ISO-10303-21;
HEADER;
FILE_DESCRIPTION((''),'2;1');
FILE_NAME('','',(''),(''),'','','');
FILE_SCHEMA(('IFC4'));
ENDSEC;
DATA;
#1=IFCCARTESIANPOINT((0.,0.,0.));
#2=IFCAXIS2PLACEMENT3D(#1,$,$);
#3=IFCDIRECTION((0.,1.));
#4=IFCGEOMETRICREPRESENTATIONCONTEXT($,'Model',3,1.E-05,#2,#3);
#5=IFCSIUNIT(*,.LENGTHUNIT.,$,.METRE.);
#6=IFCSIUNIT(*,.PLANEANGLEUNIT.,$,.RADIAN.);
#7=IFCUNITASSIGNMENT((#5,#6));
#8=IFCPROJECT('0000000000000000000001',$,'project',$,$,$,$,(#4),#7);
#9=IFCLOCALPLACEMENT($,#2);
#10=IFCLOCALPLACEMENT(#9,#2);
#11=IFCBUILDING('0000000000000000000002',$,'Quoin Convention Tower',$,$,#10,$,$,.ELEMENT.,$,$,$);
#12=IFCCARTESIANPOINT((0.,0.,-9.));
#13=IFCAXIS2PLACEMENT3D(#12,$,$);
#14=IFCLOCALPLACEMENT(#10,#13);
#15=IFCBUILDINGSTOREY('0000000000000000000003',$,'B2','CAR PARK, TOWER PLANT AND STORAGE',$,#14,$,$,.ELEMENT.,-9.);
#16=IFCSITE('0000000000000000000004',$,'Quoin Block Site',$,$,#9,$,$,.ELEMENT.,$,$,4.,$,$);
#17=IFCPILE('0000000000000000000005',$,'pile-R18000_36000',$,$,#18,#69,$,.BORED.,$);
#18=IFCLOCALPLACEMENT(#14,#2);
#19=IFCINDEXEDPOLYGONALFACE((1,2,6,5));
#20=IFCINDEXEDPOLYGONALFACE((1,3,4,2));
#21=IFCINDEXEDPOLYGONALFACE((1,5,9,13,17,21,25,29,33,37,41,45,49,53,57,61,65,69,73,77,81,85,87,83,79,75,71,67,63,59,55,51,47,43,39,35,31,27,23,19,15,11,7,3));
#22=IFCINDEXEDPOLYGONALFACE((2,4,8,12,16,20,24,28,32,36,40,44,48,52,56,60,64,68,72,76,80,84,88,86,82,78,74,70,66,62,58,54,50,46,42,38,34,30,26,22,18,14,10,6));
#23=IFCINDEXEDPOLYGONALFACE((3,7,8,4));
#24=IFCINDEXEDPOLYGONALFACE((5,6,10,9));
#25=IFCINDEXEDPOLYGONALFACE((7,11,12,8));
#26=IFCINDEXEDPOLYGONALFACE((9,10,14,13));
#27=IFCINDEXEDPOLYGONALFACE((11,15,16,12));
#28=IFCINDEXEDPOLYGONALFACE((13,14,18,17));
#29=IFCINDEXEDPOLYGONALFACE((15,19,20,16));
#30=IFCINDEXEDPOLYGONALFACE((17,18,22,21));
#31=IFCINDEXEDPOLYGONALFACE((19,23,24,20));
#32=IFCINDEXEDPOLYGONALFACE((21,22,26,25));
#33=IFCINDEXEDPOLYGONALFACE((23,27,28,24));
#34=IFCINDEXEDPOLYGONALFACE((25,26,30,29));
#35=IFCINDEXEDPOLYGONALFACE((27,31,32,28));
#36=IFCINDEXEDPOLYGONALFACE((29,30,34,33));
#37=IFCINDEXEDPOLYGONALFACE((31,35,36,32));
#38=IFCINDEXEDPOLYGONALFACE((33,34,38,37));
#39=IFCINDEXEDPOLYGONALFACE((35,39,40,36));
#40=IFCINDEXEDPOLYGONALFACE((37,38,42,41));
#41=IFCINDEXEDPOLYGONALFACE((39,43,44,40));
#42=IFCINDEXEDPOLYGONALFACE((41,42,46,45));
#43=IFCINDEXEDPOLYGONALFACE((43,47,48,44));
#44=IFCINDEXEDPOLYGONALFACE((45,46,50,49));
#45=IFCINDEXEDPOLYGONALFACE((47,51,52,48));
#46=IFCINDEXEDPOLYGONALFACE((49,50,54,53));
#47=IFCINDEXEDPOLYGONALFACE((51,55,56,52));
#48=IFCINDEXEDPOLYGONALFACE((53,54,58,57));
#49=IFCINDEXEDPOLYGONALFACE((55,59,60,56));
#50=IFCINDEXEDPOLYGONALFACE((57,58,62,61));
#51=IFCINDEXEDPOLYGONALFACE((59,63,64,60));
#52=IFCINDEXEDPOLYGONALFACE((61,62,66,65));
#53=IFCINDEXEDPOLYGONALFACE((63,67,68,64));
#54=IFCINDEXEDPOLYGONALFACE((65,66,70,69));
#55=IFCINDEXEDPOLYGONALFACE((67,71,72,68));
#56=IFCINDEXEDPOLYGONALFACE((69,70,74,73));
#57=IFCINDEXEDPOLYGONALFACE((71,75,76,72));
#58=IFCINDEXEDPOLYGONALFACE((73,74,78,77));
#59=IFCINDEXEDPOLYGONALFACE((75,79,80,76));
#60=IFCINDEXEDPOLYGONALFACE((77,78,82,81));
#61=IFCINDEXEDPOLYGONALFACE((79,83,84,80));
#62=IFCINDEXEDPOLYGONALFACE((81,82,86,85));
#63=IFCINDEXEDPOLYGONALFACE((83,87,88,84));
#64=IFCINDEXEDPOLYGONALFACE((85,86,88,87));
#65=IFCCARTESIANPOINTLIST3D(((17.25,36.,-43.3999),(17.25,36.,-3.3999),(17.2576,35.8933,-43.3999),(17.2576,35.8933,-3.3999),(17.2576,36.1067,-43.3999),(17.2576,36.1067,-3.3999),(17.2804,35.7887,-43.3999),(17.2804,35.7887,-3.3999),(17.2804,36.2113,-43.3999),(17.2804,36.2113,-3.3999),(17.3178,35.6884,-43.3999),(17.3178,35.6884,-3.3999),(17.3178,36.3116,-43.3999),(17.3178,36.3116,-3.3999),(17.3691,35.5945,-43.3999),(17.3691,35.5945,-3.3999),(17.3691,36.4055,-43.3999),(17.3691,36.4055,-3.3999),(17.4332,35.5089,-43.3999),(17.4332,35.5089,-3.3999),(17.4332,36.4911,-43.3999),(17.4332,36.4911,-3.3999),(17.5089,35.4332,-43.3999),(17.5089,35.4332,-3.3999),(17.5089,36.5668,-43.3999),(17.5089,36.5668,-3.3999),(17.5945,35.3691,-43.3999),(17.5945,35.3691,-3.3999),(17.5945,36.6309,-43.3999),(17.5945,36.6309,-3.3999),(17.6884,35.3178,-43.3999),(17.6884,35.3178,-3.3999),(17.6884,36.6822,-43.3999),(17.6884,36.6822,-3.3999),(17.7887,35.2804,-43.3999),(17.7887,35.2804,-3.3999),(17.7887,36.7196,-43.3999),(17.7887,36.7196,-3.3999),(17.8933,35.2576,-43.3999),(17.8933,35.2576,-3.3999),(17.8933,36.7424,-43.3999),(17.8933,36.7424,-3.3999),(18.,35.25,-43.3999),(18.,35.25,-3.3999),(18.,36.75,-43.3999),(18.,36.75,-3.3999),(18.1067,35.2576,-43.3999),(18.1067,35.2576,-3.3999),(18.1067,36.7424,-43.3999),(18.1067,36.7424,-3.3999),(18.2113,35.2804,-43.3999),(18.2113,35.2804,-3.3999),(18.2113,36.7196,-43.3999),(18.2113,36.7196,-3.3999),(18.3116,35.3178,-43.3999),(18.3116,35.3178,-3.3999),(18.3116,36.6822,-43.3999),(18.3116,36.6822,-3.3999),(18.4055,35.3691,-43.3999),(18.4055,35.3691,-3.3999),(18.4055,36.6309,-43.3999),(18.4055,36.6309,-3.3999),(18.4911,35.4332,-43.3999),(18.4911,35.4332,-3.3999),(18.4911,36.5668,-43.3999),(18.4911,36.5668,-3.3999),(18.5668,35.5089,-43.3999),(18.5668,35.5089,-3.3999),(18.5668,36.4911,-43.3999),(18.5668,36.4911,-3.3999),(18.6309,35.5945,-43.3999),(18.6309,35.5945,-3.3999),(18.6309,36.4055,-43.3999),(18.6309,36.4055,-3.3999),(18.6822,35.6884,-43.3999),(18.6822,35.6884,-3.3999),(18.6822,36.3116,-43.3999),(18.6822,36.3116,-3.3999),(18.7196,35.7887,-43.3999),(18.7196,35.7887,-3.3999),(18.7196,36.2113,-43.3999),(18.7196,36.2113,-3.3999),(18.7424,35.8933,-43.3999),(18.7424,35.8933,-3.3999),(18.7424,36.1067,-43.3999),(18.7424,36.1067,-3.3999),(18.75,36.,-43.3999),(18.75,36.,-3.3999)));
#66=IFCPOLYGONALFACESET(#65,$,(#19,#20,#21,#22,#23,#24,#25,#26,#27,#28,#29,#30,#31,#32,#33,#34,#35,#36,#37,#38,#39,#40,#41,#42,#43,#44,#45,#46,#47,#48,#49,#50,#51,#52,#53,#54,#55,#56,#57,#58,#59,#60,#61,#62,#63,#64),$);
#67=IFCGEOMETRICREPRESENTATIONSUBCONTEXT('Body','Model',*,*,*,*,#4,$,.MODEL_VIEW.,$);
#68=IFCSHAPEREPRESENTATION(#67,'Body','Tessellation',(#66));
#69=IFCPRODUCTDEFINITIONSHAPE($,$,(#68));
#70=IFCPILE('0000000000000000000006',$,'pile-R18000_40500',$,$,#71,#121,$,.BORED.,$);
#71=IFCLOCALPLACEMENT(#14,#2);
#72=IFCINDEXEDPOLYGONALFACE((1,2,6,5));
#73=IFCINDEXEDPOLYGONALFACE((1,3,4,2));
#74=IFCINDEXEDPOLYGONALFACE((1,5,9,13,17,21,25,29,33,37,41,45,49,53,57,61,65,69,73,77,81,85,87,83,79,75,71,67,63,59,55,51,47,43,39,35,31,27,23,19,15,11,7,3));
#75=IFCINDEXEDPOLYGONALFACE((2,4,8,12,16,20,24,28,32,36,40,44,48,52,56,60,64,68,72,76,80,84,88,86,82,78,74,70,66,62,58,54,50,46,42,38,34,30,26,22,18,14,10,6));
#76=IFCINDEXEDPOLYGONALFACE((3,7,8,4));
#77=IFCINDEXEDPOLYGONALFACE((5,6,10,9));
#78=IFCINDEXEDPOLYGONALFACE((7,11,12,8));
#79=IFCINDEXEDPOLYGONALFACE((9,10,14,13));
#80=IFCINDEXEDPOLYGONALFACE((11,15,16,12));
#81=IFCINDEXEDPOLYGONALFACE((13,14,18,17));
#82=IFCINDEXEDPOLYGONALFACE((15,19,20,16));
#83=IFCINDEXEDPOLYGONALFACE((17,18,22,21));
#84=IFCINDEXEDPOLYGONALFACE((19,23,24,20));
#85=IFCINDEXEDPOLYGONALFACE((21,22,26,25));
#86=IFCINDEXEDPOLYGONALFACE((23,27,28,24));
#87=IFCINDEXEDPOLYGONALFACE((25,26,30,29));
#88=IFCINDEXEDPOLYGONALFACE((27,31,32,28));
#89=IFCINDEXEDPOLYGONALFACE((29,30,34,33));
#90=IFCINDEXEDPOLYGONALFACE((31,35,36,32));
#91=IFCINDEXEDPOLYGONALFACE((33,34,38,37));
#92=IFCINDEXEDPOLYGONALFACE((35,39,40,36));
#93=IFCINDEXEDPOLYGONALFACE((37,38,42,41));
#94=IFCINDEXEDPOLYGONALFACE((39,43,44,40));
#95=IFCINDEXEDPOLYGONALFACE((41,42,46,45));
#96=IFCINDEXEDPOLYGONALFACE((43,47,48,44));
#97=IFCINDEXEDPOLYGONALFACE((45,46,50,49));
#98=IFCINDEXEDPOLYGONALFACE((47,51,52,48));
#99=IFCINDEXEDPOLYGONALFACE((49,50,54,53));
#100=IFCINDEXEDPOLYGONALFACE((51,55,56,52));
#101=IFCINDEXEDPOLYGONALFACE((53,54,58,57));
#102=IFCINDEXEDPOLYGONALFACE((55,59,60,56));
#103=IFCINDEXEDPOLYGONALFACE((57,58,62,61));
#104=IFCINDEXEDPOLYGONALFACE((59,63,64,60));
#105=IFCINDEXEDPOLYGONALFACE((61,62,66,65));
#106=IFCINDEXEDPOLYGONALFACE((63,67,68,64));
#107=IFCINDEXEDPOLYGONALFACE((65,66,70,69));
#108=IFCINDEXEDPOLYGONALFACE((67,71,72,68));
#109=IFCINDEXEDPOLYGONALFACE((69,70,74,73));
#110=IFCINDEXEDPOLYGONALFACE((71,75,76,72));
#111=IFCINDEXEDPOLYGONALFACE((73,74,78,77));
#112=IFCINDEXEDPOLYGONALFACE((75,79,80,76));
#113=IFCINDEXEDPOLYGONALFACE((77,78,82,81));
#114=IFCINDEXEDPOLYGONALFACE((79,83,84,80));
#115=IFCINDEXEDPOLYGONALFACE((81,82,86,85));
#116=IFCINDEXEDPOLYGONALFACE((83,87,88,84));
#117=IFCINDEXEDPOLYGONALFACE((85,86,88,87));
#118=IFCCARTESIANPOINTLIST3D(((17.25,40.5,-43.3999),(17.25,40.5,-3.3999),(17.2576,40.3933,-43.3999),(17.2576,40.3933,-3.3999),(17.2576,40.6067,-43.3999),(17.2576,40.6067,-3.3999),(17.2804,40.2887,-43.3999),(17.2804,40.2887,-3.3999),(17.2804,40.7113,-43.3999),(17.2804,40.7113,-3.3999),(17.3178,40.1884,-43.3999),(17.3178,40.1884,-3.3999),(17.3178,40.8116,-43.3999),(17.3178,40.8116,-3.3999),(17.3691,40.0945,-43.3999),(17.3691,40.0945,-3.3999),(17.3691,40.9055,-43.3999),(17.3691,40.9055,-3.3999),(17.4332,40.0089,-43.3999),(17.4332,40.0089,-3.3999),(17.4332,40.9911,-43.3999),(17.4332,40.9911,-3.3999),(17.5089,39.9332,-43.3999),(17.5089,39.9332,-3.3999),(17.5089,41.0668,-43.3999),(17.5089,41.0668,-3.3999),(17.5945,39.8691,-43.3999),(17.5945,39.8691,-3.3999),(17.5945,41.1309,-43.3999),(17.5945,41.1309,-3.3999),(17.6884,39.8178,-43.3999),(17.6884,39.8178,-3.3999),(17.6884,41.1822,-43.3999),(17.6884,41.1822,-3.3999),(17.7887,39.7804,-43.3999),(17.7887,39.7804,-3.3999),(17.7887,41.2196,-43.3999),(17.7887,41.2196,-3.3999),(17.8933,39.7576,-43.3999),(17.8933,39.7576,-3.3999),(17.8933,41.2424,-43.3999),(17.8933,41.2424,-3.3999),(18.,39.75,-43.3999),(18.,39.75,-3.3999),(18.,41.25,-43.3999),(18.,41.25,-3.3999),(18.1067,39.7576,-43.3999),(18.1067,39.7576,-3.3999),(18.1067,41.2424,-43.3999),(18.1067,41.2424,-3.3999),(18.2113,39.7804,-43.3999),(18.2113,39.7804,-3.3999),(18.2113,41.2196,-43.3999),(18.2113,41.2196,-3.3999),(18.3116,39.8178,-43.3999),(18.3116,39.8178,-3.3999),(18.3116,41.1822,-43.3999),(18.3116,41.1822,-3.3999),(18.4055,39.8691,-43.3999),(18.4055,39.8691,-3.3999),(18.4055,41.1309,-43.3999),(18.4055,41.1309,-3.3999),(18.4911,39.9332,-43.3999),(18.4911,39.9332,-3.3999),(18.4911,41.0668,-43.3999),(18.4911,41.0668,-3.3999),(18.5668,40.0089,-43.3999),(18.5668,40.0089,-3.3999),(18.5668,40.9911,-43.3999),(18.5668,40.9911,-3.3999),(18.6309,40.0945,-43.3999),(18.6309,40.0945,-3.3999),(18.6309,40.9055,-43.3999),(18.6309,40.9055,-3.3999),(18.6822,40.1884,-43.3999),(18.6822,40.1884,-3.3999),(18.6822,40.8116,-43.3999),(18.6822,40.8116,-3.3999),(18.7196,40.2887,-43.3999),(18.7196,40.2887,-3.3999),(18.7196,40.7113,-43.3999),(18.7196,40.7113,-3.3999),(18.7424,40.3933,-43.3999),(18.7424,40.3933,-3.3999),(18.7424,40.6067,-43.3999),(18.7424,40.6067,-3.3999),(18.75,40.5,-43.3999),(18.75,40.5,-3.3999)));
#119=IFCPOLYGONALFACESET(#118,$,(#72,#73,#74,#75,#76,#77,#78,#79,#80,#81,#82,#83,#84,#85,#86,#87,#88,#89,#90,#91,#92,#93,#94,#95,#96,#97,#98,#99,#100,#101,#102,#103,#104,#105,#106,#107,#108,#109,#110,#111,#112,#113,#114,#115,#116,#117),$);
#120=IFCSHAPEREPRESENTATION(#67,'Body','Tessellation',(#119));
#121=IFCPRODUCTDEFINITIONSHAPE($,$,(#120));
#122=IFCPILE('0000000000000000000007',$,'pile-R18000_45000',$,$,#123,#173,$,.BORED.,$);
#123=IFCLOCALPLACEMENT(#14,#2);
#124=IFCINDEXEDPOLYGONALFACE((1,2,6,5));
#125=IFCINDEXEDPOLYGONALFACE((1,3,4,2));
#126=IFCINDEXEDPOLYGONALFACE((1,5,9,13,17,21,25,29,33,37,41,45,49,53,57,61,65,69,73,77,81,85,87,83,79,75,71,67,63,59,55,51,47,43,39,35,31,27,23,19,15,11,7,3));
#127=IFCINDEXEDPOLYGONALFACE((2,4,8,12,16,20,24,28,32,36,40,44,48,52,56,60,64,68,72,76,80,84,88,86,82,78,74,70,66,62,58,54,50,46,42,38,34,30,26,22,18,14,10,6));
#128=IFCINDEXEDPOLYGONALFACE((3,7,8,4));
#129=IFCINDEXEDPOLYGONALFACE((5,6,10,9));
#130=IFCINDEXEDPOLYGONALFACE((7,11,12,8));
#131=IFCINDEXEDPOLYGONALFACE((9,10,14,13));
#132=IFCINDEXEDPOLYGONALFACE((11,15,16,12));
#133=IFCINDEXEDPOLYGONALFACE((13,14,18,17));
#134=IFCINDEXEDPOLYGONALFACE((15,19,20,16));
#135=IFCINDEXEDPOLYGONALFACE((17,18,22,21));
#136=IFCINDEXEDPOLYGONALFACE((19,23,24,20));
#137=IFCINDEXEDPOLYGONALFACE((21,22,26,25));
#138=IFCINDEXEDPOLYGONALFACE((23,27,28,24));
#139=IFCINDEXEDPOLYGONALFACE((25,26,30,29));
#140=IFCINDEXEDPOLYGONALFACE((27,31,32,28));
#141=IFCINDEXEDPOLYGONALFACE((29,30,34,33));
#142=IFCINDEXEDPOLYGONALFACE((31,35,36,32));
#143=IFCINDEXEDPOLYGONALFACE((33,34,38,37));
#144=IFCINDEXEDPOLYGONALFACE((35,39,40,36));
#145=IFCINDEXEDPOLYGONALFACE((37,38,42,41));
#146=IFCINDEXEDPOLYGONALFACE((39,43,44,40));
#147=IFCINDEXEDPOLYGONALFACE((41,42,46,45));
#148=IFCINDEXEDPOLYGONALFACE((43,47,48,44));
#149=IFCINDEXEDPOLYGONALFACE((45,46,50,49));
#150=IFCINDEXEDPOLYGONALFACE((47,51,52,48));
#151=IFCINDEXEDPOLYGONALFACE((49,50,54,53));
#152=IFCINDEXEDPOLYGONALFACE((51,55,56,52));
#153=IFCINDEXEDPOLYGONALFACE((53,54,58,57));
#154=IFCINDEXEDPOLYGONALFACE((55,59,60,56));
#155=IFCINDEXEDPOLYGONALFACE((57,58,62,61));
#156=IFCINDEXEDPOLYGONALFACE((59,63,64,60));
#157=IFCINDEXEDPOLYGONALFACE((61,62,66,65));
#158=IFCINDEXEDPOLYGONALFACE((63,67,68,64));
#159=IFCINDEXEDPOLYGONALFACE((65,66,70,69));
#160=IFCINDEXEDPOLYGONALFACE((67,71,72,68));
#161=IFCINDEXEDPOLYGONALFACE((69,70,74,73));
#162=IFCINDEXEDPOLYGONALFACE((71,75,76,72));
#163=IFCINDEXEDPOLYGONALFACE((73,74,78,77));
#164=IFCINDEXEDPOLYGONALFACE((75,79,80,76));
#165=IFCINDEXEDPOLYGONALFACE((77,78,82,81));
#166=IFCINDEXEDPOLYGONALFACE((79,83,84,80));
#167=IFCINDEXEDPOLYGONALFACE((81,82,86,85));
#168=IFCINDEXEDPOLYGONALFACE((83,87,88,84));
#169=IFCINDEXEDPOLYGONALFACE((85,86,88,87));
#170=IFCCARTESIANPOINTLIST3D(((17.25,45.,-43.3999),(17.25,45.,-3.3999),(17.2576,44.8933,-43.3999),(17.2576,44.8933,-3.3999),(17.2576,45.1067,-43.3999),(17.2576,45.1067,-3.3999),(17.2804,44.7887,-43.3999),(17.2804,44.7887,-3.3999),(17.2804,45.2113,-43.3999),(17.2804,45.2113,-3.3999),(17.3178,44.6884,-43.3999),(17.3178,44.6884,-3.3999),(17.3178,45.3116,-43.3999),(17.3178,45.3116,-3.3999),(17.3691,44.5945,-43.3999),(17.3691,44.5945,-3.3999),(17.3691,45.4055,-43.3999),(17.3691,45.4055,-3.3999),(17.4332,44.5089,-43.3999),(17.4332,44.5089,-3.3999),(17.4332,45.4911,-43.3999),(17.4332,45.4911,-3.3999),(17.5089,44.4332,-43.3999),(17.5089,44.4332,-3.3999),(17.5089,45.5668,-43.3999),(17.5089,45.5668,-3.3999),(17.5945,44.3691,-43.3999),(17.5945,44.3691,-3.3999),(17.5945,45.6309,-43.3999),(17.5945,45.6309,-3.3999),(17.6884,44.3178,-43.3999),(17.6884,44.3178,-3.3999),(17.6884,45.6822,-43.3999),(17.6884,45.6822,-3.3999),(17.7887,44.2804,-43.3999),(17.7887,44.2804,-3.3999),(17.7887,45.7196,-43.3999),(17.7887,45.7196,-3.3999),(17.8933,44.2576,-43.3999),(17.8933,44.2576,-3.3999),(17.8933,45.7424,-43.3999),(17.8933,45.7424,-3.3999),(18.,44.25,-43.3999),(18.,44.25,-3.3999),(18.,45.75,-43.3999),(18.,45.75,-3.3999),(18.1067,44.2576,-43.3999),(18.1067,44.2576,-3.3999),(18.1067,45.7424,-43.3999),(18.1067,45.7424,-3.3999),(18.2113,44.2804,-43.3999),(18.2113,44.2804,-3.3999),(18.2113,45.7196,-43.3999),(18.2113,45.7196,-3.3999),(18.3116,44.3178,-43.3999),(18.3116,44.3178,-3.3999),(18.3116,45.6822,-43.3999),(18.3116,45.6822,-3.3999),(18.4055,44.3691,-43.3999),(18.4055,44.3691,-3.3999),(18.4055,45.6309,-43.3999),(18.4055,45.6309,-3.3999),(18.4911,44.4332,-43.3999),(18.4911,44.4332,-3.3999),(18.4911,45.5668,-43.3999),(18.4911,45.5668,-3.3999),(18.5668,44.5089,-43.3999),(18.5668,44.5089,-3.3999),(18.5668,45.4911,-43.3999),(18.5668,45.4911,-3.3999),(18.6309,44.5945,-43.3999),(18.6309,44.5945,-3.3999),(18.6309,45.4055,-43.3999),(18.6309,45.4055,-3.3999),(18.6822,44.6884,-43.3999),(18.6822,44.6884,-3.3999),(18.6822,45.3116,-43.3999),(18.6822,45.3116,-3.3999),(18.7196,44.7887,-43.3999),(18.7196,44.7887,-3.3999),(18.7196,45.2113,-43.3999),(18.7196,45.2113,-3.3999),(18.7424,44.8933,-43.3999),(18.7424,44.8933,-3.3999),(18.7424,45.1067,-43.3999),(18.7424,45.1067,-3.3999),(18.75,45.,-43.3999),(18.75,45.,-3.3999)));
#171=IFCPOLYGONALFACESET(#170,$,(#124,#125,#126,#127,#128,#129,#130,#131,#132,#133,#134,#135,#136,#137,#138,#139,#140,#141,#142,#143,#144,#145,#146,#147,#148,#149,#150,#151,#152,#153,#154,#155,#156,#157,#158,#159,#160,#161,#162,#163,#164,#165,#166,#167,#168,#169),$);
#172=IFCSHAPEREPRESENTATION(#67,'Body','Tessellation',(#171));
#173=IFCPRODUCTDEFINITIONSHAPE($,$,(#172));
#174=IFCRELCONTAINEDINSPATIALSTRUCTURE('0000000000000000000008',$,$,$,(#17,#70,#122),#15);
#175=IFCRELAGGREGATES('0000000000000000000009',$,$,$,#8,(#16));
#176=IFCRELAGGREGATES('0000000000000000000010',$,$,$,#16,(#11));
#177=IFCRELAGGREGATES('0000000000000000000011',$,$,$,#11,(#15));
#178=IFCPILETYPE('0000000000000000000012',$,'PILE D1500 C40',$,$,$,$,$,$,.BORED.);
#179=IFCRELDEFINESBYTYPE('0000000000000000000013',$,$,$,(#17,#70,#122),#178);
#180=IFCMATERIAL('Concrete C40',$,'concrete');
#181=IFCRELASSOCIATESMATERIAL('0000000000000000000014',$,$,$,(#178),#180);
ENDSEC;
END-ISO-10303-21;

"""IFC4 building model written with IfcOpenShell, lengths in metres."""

from ifc_helpers import new_model, si_unit, direction, frame, origin, origin_2d, place, context, subcontext, project, spatial, circle, extrude, material, material_profile, profile_set, type_object, element, save


model = new_model("IFC4")

# Units and contexts
model_context = context("Model", 3, precision=1e-05, world=origin(), true_north=direction((0.0, 1.0)))
body_context = subcontext(model_context, "Body", "Model", "MODEL_VIEW")
ifc_project = project(units=[si_unit("LENGTHUNIT", "METRE"), si_unit("PLANEANGLEUNIT", "RADIAN")], contexts=[model_context])

# Site, building, storey
site_placement = place(None, origin())
site = spatial("IfcSite", under=ifc_project, at=site_placement, Name="Quoin Block Site", CompositionType="ELEMENT", RefElevation=4.0)
building_placement = place(site_placement, origin())
building = spatial("IfcBuilding", under=site, at=building_placement, Name="Quoin Convention Tower", CompositionType="ELEMENT")
storey_placement = place(building_placement, frame((0.0, 0.0, -9.0)))
storey = spatial("IfcBuildingStorey", under=building, at=storey_placement, Name="B2", Description="CAR PARK, TOWER PLANT AND STORAGE", CompositionType="ELEMENT", Elevation=-9.0)

# Piles
ifc_material_1 = material(Name="Concrete C40", Category="concrete")
ifc_material_profile_1 = material_profile(ifc_material_1, circle(Radius=0.75, at=origin_2d()), Name="D1500")
ifc_profile_set_1 = profile_set([ifc_material_profile_1], Name="Concrete C40")
pile_type = type_object("IfcPileType", Name="PILE D1500 C40", PredefinedType="BORED", material=ifc_profile_set_1)
for number, where, z_axis, x_axis, name in (
    (1, (18.0, 36.0, -3.3999), (0.0, 0.0, -1.0), (1.0, 0.0, 0.0), "pile-R18000_36000"),
    (2, (18.0, 40.5, -3.3999), (0.0, 0.0, -1.0), (1.0, 0.0, 0.0), "pile-R18000_40500"),
    (3, (18.0, 45.0, -3.3999), (0.0, 0.0, -1.0), (1.0, 0.0, 0.0), "pile-R18000_45000"),
):
    element("IfcPile", number, at=place(storey_placement, frame(where, z_axis=z_axis, x_axis=x_axis)), inside=storey, type_object=pile_type, Name=name, PredefinedType="BORED", context=body_context, shape_type="SweptSolid", body=[
        extrude(circle(Radius=0.75, at=origin_2d()), origin(), (0.0, 0.0, 1.0), 40.0),
    ])

save(model, "model.ifc")
